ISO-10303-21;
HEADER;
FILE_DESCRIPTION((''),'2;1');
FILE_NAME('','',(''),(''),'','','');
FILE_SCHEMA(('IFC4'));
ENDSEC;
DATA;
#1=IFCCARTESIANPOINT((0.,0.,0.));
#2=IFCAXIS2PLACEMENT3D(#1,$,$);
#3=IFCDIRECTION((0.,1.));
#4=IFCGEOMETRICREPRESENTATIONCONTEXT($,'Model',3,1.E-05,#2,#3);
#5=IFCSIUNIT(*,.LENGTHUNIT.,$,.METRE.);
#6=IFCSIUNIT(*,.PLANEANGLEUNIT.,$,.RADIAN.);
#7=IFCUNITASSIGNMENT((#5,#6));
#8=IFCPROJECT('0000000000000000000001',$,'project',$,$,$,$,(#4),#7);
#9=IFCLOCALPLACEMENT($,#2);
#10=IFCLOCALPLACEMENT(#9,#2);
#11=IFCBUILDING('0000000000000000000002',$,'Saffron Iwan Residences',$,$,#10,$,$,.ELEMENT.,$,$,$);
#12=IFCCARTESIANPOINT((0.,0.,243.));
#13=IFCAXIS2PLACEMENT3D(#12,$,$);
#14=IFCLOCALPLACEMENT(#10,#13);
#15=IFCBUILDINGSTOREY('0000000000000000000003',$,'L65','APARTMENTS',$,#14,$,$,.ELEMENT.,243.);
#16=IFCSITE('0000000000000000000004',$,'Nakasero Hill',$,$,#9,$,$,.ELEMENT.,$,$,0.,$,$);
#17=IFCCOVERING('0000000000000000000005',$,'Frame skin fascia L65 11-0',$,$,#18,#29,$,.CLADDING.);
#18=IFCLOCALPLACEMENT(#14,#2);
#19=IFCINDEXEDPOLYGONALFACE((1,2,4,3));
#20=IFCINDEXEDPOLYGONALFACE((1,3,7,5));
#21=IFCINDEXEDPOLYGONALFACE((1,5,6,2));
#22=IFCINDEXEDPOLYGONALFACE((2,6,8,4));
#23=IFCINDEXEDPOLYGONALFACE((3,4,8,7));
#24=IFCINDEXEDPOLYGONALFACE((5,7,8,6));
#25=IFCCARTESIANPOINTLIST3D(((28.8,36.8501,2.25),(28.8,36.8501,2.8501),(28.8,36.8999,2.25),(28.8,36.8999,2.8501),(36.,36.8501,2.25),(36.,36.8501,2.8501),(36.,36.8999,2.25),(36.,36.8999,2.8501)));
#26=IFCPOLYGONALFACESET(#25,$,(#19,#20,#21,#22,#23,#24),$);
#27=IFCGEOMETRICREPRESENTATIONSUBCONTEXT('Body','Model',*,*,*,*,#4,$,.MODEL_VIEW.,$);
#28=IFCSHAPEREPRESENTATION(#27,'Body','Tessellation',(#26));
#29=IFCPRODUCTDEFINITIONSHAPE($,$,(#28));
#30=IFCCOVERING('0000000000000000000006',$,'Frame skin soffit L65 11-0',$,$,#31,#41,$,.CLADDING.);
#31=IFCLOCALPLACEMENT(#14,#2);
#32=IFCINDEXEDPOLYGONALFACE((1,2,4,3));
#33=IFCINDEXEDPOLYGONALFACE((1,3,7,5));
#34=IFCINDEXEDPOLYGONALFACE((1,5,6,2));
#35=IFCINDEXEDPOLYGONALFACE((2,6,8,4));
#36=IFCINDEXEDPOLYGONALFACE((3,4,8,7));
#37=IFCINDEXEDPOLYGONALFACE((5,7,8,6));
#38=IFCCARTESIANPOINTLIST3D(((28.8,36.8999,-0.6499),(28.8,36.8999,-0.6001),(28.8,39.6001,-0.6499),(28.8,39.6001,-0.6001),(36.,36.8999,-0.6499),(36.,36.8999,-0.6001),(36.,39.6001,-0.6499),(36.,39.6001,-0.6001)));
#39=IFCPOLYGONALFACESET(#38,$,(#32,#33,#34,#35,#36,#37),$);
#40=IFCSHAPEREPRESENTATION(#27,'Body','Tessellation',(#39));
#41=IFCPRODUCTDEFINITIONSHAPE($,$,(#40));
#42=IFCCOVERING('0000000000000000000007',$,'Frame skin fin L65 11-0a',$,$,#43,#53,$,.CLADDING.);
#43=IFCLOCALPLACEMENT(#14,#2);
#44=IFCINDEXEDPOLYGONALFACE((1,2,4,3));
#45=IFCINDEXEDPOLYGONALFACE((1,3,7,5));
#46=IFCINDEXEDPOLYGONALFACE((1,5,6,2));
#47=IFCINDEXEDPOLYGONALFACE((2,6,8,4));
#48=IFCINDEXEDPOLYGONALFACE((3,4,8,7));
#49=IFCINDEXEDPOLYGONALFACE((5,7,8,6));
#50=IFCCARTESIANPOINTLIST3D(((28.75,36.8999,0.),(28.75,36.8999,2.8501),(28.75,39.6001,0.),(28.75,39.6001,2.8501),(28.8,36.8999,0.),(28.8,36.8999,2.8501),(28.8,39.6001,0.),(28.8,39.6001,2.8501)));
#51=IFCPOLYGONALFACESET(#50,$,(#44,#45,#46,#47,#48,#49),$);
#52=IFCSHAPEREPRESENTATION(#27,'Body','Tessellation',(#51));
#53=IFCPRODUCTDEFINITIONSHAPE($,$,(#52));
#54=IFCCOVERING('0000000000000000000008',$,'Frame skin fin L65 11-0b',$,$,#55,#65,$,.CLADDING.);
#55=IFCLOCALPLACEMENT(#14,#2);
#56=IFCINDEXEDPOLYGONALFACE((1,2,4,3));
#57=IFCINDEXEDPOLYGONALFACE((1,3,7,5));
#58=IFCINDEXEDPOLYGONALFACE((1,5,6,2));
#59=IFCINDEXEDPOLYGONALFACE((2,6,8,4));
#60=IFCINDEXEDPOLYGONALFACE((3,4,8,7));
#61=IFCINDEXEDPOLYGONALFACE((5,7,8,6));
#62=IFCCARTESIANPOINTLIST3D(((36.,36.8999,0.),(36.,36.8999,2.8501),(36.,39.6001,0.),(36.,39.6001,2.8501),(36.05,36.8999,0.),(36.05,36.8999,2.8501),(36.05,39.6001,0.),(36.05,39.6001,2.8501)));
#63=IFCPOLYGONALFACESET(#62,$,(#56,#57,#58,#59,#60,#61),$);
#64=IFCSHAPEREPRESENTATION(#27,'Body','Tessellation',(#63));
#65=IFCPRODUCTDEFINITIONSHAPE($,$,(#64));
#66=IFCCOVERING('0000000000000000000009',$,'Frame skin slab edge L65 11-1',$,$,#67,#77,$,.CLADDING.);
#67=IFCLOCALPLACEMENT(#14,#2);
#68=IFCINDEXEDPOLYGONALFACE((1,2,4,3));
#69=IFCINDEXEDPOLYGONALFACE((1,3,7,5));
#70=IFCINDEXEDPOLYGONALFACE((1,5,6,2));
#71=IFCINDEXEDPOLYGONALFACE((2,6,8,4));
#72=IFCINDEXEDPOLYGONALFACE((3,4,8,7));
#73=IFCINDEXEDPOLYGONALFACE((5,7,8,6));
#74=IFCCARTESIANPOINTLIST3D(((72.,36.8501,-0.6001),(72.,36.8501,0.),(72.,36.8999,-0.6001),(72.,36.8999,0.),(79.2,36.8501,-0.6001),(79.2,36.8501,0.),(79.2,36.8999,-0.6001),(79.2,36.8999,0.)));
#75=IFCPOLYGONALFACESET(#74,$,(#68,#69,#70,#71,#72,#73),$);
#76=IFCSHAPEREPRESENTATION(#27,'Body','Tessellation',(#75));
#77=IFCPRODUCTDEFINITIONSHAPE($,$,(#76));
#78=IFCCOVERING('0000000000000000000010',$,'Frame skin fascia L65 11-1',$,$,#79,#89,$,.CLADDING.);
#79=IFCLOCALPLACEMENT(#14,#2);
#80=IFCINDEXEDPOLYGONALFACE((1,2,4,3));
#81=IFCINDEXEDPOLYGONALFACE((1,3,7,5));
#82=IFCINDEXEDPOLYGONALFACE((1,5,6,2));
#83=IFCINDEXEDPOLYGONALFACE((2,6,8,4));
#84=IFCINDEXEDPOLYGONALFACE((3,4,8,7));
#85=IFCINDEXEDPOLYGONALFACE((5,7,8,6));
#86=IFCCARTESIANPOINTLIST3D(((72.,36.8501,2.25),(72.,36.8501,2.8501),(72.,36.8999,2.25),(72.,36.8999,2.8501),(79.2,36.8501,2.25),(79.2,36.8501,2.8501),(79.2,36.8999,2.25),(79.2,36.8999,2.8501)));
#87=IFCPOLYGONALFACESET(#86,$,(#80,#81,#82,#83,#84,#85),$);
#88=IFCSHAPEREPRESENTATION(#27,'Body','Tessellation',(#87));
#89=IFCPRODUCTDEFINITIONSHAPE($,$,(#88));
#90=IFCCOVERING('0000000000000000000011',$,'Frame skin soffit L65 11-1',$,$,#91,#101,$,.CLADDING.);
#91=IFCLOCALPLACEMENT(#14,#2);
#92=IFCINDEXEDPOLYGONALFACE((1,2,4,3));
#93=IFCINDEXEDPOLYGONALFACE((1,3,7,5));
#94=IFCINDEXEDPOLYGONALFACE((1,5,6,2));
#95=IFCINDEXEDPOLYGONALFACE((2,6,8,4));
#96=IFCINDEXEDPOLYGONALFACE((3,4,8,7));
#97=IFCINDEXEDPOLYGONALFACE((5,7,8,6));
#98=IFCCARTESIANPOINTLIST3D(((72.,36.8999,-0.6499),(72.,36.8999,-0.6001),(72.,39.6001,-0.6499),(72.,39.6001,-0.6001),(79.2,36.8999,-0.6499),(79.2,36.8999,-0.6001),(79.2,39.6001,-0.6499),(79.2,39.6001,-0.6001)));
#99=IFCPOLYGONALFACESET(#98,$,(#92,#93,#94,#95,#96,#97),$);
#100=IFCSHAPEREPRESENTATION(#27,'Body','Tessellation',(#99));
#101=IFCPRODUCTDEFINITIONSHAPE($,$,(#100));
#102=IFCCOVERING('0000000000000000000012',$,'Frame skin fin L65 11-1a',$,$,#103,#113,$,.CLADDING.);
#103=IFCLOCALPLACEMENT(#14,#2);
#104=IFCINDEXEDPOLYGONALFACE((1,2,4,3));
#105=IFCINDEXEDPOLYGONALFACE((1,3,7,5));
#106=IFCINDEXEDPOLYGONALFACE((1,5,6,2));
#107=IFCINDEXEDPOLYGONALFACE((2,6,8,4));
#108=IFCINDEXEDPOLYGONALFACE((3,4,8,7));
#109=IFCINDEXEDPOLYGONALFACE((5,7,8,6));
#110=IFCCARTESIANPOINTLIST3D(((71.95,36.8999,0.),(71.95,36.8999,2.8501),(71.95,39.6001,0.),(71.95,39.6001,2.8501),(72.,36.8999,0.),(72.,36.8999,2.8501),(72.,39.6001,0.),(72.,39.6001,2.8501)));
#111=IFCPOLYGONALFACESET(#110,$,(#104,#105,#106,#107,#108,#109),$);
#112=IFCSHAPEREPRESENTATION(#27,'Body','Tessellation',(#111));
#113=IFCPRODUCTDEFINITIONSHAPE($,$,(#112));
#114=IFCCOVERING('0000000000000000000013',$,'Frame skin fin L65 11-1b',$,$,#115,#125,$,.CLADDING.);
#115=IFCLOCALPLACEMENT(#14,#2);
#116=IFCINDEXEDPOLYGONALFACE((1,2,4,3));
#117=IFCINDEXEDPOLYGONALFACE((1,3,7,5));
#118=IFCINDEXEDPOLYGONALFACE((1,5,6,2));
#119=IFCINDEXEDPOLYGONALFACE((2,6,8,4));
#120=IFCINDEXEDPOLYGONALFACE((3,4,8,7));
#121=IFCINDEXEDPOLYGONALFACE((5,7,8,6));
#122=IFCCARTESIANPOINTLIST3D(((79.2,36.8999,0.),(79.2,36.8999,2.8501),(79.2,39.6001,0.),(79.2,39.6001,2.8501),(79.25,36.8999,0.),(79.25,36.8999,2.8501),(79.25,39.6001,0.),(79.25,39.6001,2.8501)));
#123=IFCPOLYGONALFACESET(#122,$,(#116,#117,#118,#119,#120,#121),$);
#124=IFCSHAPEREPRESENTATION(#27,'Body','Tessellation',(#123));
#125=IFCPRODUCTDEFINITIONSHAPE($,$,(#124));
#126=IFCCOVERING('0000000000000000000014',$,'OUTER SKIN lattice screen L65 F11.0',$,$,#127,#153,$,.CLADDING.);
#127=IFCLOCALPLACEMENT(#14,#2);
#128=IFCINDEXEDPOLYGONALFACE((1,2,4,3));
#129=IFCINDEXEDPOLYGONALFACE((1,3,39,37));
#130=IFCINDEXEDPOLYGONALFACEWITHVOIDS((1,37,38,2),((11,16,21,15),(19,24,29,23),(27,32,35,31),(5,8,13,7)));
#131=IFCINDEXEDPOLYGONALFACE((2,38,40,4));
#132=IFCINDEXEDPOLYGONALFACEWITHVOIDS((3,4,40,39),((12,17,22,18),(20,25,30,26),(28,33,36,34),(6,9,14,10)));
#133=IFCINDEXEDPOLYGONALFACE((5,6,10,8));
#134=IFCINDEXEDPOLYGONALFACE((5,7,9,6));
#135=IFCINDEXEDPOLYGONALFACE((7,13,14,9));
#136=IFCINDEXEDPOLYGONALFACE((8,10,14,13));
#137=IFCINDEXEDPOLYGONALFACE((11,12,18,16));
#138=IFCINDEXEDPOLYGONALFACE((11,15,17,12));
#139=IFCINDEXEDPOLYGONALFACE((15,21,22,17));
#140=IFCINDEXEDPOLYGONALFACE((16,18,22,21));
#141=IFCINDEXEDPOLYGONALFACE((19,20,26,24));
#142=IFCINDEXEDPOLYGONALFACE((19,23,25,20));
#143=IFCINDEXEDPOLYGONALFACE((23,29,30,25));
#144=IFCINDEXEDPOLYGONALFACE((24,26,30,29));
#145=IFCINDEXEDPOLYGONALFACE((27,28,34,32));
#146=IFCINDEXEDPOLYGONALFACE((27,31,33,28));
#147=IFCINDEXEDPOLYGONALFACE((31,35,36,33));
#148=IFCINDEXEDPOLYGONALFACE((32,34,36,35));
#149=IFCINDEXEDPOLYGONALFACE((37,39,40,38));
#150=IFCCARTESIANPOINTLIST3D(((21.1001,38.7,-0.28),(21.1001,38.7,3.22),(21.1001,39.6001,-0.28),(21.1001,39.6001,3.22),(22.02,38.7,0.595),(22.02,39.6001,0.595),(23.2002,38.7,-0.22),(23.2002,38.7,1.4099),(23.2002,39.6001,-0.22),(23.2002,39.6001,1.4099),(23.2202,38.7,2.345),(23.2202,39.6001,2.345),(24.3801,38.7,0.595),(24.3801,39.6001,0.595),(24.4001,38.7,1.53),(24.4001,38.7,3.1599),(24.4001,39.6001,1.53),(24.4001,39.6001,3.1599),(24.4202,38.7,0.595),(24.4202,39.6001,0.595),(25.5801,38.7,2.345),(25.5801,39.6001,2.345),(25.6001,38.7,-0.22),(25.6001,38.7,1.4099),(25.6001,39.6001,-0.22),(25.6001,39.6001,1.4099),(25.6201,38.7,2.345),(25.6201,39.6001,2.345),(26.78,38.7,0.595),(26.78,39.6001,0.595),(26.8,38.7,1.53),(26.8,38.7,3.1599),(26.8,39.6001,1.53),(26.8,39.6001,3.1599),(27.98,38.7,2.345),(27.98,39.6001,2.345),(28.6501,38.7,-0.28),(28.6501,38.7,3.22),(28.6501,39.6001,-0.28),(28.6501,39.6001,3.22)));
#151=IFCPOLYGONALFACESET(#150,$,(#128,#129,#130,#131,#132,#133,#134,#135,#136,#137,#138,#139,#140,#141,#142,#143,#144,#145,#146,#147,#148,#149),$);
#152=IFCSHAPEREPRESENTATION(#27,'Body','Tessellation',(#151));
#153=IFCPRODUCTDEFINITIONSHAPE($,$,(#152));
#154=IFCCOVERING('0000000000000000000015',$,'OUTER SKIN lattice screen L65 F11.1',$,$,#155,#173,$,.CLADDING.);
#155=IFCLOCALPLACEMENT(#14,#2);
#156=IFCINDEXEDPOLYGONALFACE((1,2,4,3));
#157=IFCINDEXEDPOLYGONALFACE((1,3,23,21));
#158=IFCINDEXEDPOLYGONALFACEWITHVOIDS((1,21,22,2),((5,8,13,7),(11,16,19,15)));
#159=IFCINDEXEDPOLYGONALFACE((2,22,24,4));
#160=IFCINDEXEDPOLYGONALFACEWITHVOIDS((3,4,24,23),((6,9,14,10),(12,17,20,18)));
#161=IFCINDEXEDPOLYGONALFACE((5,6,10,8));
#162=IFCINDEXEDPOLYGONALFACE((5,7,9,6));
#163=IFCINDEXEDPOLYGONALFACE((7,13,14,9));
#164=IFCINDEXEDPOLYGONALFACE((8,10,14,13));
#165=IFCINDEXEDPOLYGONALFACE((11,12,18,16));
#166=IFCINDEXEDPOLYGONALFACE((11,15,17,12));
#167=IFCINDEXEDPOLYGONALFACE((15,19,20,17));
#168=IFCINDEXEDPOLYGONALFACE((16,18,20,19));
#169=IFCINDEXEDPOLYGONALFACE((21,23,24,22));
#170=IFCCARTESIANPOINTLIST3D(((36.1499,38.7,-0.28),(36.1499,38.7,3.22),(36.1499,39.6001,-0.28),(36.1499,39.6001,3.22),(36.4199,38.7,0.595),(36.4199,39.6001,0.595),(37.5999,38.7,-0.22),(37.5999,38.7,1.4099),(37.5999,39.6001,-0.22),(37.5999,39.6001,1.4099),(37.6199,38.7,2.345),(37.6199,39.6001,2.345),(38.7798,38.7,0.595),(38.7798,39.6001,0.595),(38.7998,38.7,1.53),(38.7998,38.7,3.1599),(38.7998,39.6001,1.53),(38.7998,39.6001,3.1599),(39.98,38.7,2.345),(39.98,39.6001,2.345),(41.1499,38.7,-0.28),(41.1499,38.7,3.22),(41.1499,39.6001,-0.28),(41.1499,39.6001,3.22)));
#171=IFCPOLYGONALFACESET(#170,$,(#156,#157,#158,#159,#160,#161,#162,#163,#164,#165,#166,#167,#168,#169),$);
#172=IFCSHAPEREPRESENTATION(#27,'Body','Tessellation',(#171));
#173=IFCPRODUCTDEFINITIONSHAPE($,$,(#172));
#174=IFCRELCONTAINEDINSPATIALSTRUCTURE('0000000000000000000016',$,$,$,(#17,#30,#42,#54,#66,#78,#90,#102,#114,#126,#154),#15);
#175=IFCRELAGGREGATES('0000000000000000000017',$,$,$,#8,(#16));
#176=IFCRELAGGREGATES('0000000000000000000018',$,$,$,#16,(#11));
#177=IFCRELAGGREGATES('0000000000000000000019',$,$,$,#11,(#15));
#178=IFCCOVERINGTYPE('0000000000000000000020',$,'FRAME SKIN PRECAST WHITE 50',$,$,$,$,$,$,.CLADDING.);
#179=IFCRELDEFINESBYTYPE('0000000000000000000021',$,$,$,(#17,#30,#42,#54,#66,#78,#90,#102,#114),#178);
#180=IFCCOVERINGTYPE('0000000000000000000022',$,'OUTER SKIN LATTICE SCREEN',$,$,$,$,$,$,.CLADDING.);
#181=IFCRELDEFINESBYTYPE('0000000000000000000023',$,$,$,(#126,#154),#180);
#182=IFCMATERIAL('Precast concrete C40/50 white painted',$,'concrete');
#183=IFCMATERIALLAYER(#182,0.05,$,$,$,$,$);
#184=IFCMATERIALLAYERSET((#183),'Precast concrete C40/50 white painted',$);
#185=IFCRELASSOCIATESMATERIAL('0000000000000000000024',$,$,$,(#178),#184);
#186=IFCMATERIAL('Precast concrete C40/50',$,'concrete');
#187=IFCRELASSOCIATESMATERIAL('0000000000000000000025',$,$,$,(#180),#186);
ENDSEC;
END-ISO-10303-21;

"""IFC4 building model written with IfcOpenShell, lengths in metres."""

from ifc_helpers import new_model, si_unit, direction, frame, origin, place, context, subcontext, project, spatial, polyline, outline, extrude, material, layer, layer_set, type_object, element, save


model = new_model("IFC4")

# Units and contexts
model_context = context("Model", 3, precision=1e-05, world=origin(), true_north=direction((0.0, 1.0)))
body_context = subcontext(model_context, "Body", "Model", "MODEL_VIEW")
ifc_project = project(units=[si_unit("LENGTHUNIT", "METRE"), si_unit("PLANEANGLEUNIT", "RADIAN")], contexts=[model_context])

# Site, building, storey
site_placement = place(None, origin())
site = spatial("IfcSite", under=ifc_project, at=site_placement, Name="Nakasero Hill", CompositionType="ELEMENT", RefElevation=0.0)
building_placement = place(site_placement, origin())
building = spatial("IfcBuilding", under=site, at=building_placement, Name="Saffron Iwan Residences", CompositionType="ELEMENT")
storey_placement = place(building_placement, frame((0.0, 0.0, 243.0)))
storey = spatial("IfcBuildingStorey", under=building, at=storey_placement, Name="L65", Description="APARTMENTS", CompositionType="ELEMENT", Elevation=243.0)

# Coverings
ifc_material_1 = material(Name="Precast concrete C40/50 white painted", Category="concrete")
ifc_layer_1 = layer(ifc_material_1, 0.05)
ifc_layer_set_1 = layer_set([ifc_layer_1], Name="Precast concrete C40/50 white painted")
covering_type_1 = type_object("IfcCoveringType", Name="FRAME SKIN PRECAST WHITE 50", PredefinedType="CLADDING", material=ifc_layer_set_1)
for number, where, name in (
    (1, (0.0, 0.0, 2.25), "Frame skin fascia L65 11-0"),
):
    element("IfcCovering", number, at=place(storey_placement, frame(where)), inside=storey, type_object=covering_type_1, Name=name, PredefinedType="CLADDING", context=body_context, shape_type="SweptSolid", body=[
        extrude(outline(polyline([(28.8, 36.8501), (36.0, 36.8501), (36.0, 36.8999), (28.8, 36.8999), (28.8, 36.8501)])), origin(), (0.0, 0.0, 1.0), 0.6001),
    ])
covering_1_placement = place(storey_placement, frame((0.0, 0.0, -0.6499)))
element("IfcCovering", 2, at=covering_1_placement, inside=storey, type_object=covering_type_1, Name="Frame skin soffit L65 11-0", PredefinedType="CLADDING", context=body_context, shape_type="SweptSolid", body=[
    extrude(outline(polyline([(28.8, 36.8999), (36.0, 36.8999), (36.0, 39.6001), (28.8, 39.6001), (28.8, 36.8999)])), origin(), (0.0, 0.0, 1.0), 0.0498),
])
covering_2_placement = place(storey_placement, origin())
element("IfcCovering", 3, at=covering_2_placement, inside=storey, type_object=covering_type_1, Name="Frame skin fin L65 11-0a", PredefinedType="CLADDING", context=body_context, shape_type="SweptSolid", body=[
    extrude(outline(polyline([(28.75, 36.8999), (28.8, 36.8999), (28.8, 39.6001), (28.75, 39.6001), (28.75, 36.8999)])), origin(), (0.0, 0.0, 1.0), 2.8501),
])
covering_3_placement = place(storey_placement, origin())
element("IfcCovering", 4, at=covering_3_placement, inside=storey, type_object=covering_type_1, Name="Frame skin fin L65 11-0b", PredefinedType="CLADDING", context=body_context, shape_type="SweptSolid", body=[
    extrude(outline(polyline([(36.0, 36.8999), (36.05, 36.8999), (36.05, 39.6001), (36.0, 39.6001), (36.0, 36.8999)])), origin(), (0.0, 0.0, 1.0), 2.8501),
])
for number, where, name in (
    (5, (0.0, 0.0, -0.6001), "Frame skin slab edge L65 11-1"),
    (6, (0.0, 0.0, 2.25), "Frame skin fascia L65 11-1"),
):
    element("IfcCovering", number, at=place(storey_placement, frame(where)), inside=storey, type_object=covering_type_1, Name=name, PredefinedType="CLADDING", context=body_context, shape_type="SweptSolid", body=[
        extrude(outline(polyline([(72.0, 36.8501), (79.2, 36.8501), (79.2, 36.8999), (72.0, 36.8999), (72.0, 36.8501)])), origin(), (0.0, 0.0, 1.0), 0.6001),
    ])
covering_4_placement = place(storey_placement, frame((0.0, 0.0, -0.6499)))
element("IfcCovering", 7, at=covering_4_placement, inside=storey, type_object=covering_type_1, Name="Frame skin soffit L65 11-1", PredefinedType="CLADDING", context=body_context, shape_type="SweptSolid", body=[
    extrude(outline(polyline([(72.0, 36.8999), (79.2, 36.8999), (79.2, 39.6001), (72.0, 39.6001), (72.0, 36.8999)])), origin(), (0.0, 0.0, 1.0), 0.0498),
])
covering_5_placement = place(storey_placement, origin())
element("IfcCovering", 8, at=covering_5_placement, inside=storey, type_object=covering_type_1, Name="Frame skin fin L65 11-1a", PredefinedType="CLADDING", context=body_context, shape_type="SweptSolid", body=[
    extrude(outline(polyline([(71.95, 36.8999), (72.0, 36.8999), (72.0, 39.6001), (71.95, 39.6001), (71.95, 36.8999)])), origin(), (0.0, 0.0, 1.0), 2.8501),
])
covering_6_placement = place(storey_placement, origin())
element("IfcCovering", 9, at=covering_6_placement, inside=storey, type_object=covering_type_1, Name="Frame skin fin L65 11-1b", PredefinedType="CLADDING", context=body_context, shape_type="SweptSolid", body=[
    extrude(outline(polyline([(79.2, 36.8999), (79.25, 36.8999), (79.25, 39.6001), (79.2, 39.6001), (79.2, 36.8999)])), origin(), (0.0, 0.0, 1.0), 2.8501),
])
ifc_material_2 = material(Name="Precast concrete C40/50", Category="concrete")
covering_type_2 = type_object("IfcCoveringType", Name="OUTER SKIN LATTICE SCREEN", PredefinedType="CLADDING", material=ifc_material_2)
covering_7_placement = place(storey_placement, frame((21.1001, 39.6001, -0.28), z_axis=(0.0, -1.0, 0.0), x_axis=(1.0, 0.0, 0.0)))
element("IfcCovering", 10, at=covering_7_placement, inside=storey, type_object=covering_type_2, Name="OUTER SKIN lattice screen L65 F11.0", PredefinedType="CLADDING", context=body_context, shape_type="SweptSolid", body=[
    extrude(outline(polyline([(0.0, 0.0), (7.55, 0.0), (7.55, 3.5), (0.0, 3.5), (0.0, 0.0)]), holes=[polyline([(0.9199, 0.875), (2.1001, 0.0601), (3.28, 0.875), (2.1001, 1.6899), (0.9199, 0.875)]), polyline([(3.3201, 0.875), (4.5, 0.0601), (5.6799, 0.875), (4.5, 1.6899), (3.3201, 0.875)]), polyline([(2.1201, 2.625), (3.3, 1.8101), (4.48, 2.625), (3.3, 3.4399), (2.1201, 2.625)]), polyline([(4.52, 2.625), (5.7, 1.8101), (6.8799, 2.625), (5.7, 3.4399), (4.52, 2.625)])]), origin(), (0.0, 0.0, 1.0), 0.9001),
])
covering_8_placement = place(storey_placement, frame((36.1499, 39.6001, -0.28), z_axis=(0.0, -1.0, 0.0), x_axis=(1.0, 0.0, 0.0)))
element("IfcCovering", 11, at=covering_8_placement, inside=storey, type_object=covering_type_2, Name="OUTER SKIN lattice screen L65 F11.1", PredefinedType="CLADDING", context=body_context, shape_type="SweptSolid", body=[
    extrude(outline(polyline([(0.0, 0.0), (5.0, 0.0), (5.0, 3.5), (0.0, 3.5), (0.0, 0.0)]), holes=[polyline([(0.27, 0.875), (1.45, 0.0601), (2.6299, 0.875), (1.45, 1.6899), (0.27, 0.875)]), polyline([(1.47, 2.625), (2.6499, 1.8101), (3.8301, 2.625), (2.6499, 3.4399), (1.47, 2.625)])]), origin(), (0.0, 0.0, 1.0), 0.9001),
])

save(model, "model.ifc")
